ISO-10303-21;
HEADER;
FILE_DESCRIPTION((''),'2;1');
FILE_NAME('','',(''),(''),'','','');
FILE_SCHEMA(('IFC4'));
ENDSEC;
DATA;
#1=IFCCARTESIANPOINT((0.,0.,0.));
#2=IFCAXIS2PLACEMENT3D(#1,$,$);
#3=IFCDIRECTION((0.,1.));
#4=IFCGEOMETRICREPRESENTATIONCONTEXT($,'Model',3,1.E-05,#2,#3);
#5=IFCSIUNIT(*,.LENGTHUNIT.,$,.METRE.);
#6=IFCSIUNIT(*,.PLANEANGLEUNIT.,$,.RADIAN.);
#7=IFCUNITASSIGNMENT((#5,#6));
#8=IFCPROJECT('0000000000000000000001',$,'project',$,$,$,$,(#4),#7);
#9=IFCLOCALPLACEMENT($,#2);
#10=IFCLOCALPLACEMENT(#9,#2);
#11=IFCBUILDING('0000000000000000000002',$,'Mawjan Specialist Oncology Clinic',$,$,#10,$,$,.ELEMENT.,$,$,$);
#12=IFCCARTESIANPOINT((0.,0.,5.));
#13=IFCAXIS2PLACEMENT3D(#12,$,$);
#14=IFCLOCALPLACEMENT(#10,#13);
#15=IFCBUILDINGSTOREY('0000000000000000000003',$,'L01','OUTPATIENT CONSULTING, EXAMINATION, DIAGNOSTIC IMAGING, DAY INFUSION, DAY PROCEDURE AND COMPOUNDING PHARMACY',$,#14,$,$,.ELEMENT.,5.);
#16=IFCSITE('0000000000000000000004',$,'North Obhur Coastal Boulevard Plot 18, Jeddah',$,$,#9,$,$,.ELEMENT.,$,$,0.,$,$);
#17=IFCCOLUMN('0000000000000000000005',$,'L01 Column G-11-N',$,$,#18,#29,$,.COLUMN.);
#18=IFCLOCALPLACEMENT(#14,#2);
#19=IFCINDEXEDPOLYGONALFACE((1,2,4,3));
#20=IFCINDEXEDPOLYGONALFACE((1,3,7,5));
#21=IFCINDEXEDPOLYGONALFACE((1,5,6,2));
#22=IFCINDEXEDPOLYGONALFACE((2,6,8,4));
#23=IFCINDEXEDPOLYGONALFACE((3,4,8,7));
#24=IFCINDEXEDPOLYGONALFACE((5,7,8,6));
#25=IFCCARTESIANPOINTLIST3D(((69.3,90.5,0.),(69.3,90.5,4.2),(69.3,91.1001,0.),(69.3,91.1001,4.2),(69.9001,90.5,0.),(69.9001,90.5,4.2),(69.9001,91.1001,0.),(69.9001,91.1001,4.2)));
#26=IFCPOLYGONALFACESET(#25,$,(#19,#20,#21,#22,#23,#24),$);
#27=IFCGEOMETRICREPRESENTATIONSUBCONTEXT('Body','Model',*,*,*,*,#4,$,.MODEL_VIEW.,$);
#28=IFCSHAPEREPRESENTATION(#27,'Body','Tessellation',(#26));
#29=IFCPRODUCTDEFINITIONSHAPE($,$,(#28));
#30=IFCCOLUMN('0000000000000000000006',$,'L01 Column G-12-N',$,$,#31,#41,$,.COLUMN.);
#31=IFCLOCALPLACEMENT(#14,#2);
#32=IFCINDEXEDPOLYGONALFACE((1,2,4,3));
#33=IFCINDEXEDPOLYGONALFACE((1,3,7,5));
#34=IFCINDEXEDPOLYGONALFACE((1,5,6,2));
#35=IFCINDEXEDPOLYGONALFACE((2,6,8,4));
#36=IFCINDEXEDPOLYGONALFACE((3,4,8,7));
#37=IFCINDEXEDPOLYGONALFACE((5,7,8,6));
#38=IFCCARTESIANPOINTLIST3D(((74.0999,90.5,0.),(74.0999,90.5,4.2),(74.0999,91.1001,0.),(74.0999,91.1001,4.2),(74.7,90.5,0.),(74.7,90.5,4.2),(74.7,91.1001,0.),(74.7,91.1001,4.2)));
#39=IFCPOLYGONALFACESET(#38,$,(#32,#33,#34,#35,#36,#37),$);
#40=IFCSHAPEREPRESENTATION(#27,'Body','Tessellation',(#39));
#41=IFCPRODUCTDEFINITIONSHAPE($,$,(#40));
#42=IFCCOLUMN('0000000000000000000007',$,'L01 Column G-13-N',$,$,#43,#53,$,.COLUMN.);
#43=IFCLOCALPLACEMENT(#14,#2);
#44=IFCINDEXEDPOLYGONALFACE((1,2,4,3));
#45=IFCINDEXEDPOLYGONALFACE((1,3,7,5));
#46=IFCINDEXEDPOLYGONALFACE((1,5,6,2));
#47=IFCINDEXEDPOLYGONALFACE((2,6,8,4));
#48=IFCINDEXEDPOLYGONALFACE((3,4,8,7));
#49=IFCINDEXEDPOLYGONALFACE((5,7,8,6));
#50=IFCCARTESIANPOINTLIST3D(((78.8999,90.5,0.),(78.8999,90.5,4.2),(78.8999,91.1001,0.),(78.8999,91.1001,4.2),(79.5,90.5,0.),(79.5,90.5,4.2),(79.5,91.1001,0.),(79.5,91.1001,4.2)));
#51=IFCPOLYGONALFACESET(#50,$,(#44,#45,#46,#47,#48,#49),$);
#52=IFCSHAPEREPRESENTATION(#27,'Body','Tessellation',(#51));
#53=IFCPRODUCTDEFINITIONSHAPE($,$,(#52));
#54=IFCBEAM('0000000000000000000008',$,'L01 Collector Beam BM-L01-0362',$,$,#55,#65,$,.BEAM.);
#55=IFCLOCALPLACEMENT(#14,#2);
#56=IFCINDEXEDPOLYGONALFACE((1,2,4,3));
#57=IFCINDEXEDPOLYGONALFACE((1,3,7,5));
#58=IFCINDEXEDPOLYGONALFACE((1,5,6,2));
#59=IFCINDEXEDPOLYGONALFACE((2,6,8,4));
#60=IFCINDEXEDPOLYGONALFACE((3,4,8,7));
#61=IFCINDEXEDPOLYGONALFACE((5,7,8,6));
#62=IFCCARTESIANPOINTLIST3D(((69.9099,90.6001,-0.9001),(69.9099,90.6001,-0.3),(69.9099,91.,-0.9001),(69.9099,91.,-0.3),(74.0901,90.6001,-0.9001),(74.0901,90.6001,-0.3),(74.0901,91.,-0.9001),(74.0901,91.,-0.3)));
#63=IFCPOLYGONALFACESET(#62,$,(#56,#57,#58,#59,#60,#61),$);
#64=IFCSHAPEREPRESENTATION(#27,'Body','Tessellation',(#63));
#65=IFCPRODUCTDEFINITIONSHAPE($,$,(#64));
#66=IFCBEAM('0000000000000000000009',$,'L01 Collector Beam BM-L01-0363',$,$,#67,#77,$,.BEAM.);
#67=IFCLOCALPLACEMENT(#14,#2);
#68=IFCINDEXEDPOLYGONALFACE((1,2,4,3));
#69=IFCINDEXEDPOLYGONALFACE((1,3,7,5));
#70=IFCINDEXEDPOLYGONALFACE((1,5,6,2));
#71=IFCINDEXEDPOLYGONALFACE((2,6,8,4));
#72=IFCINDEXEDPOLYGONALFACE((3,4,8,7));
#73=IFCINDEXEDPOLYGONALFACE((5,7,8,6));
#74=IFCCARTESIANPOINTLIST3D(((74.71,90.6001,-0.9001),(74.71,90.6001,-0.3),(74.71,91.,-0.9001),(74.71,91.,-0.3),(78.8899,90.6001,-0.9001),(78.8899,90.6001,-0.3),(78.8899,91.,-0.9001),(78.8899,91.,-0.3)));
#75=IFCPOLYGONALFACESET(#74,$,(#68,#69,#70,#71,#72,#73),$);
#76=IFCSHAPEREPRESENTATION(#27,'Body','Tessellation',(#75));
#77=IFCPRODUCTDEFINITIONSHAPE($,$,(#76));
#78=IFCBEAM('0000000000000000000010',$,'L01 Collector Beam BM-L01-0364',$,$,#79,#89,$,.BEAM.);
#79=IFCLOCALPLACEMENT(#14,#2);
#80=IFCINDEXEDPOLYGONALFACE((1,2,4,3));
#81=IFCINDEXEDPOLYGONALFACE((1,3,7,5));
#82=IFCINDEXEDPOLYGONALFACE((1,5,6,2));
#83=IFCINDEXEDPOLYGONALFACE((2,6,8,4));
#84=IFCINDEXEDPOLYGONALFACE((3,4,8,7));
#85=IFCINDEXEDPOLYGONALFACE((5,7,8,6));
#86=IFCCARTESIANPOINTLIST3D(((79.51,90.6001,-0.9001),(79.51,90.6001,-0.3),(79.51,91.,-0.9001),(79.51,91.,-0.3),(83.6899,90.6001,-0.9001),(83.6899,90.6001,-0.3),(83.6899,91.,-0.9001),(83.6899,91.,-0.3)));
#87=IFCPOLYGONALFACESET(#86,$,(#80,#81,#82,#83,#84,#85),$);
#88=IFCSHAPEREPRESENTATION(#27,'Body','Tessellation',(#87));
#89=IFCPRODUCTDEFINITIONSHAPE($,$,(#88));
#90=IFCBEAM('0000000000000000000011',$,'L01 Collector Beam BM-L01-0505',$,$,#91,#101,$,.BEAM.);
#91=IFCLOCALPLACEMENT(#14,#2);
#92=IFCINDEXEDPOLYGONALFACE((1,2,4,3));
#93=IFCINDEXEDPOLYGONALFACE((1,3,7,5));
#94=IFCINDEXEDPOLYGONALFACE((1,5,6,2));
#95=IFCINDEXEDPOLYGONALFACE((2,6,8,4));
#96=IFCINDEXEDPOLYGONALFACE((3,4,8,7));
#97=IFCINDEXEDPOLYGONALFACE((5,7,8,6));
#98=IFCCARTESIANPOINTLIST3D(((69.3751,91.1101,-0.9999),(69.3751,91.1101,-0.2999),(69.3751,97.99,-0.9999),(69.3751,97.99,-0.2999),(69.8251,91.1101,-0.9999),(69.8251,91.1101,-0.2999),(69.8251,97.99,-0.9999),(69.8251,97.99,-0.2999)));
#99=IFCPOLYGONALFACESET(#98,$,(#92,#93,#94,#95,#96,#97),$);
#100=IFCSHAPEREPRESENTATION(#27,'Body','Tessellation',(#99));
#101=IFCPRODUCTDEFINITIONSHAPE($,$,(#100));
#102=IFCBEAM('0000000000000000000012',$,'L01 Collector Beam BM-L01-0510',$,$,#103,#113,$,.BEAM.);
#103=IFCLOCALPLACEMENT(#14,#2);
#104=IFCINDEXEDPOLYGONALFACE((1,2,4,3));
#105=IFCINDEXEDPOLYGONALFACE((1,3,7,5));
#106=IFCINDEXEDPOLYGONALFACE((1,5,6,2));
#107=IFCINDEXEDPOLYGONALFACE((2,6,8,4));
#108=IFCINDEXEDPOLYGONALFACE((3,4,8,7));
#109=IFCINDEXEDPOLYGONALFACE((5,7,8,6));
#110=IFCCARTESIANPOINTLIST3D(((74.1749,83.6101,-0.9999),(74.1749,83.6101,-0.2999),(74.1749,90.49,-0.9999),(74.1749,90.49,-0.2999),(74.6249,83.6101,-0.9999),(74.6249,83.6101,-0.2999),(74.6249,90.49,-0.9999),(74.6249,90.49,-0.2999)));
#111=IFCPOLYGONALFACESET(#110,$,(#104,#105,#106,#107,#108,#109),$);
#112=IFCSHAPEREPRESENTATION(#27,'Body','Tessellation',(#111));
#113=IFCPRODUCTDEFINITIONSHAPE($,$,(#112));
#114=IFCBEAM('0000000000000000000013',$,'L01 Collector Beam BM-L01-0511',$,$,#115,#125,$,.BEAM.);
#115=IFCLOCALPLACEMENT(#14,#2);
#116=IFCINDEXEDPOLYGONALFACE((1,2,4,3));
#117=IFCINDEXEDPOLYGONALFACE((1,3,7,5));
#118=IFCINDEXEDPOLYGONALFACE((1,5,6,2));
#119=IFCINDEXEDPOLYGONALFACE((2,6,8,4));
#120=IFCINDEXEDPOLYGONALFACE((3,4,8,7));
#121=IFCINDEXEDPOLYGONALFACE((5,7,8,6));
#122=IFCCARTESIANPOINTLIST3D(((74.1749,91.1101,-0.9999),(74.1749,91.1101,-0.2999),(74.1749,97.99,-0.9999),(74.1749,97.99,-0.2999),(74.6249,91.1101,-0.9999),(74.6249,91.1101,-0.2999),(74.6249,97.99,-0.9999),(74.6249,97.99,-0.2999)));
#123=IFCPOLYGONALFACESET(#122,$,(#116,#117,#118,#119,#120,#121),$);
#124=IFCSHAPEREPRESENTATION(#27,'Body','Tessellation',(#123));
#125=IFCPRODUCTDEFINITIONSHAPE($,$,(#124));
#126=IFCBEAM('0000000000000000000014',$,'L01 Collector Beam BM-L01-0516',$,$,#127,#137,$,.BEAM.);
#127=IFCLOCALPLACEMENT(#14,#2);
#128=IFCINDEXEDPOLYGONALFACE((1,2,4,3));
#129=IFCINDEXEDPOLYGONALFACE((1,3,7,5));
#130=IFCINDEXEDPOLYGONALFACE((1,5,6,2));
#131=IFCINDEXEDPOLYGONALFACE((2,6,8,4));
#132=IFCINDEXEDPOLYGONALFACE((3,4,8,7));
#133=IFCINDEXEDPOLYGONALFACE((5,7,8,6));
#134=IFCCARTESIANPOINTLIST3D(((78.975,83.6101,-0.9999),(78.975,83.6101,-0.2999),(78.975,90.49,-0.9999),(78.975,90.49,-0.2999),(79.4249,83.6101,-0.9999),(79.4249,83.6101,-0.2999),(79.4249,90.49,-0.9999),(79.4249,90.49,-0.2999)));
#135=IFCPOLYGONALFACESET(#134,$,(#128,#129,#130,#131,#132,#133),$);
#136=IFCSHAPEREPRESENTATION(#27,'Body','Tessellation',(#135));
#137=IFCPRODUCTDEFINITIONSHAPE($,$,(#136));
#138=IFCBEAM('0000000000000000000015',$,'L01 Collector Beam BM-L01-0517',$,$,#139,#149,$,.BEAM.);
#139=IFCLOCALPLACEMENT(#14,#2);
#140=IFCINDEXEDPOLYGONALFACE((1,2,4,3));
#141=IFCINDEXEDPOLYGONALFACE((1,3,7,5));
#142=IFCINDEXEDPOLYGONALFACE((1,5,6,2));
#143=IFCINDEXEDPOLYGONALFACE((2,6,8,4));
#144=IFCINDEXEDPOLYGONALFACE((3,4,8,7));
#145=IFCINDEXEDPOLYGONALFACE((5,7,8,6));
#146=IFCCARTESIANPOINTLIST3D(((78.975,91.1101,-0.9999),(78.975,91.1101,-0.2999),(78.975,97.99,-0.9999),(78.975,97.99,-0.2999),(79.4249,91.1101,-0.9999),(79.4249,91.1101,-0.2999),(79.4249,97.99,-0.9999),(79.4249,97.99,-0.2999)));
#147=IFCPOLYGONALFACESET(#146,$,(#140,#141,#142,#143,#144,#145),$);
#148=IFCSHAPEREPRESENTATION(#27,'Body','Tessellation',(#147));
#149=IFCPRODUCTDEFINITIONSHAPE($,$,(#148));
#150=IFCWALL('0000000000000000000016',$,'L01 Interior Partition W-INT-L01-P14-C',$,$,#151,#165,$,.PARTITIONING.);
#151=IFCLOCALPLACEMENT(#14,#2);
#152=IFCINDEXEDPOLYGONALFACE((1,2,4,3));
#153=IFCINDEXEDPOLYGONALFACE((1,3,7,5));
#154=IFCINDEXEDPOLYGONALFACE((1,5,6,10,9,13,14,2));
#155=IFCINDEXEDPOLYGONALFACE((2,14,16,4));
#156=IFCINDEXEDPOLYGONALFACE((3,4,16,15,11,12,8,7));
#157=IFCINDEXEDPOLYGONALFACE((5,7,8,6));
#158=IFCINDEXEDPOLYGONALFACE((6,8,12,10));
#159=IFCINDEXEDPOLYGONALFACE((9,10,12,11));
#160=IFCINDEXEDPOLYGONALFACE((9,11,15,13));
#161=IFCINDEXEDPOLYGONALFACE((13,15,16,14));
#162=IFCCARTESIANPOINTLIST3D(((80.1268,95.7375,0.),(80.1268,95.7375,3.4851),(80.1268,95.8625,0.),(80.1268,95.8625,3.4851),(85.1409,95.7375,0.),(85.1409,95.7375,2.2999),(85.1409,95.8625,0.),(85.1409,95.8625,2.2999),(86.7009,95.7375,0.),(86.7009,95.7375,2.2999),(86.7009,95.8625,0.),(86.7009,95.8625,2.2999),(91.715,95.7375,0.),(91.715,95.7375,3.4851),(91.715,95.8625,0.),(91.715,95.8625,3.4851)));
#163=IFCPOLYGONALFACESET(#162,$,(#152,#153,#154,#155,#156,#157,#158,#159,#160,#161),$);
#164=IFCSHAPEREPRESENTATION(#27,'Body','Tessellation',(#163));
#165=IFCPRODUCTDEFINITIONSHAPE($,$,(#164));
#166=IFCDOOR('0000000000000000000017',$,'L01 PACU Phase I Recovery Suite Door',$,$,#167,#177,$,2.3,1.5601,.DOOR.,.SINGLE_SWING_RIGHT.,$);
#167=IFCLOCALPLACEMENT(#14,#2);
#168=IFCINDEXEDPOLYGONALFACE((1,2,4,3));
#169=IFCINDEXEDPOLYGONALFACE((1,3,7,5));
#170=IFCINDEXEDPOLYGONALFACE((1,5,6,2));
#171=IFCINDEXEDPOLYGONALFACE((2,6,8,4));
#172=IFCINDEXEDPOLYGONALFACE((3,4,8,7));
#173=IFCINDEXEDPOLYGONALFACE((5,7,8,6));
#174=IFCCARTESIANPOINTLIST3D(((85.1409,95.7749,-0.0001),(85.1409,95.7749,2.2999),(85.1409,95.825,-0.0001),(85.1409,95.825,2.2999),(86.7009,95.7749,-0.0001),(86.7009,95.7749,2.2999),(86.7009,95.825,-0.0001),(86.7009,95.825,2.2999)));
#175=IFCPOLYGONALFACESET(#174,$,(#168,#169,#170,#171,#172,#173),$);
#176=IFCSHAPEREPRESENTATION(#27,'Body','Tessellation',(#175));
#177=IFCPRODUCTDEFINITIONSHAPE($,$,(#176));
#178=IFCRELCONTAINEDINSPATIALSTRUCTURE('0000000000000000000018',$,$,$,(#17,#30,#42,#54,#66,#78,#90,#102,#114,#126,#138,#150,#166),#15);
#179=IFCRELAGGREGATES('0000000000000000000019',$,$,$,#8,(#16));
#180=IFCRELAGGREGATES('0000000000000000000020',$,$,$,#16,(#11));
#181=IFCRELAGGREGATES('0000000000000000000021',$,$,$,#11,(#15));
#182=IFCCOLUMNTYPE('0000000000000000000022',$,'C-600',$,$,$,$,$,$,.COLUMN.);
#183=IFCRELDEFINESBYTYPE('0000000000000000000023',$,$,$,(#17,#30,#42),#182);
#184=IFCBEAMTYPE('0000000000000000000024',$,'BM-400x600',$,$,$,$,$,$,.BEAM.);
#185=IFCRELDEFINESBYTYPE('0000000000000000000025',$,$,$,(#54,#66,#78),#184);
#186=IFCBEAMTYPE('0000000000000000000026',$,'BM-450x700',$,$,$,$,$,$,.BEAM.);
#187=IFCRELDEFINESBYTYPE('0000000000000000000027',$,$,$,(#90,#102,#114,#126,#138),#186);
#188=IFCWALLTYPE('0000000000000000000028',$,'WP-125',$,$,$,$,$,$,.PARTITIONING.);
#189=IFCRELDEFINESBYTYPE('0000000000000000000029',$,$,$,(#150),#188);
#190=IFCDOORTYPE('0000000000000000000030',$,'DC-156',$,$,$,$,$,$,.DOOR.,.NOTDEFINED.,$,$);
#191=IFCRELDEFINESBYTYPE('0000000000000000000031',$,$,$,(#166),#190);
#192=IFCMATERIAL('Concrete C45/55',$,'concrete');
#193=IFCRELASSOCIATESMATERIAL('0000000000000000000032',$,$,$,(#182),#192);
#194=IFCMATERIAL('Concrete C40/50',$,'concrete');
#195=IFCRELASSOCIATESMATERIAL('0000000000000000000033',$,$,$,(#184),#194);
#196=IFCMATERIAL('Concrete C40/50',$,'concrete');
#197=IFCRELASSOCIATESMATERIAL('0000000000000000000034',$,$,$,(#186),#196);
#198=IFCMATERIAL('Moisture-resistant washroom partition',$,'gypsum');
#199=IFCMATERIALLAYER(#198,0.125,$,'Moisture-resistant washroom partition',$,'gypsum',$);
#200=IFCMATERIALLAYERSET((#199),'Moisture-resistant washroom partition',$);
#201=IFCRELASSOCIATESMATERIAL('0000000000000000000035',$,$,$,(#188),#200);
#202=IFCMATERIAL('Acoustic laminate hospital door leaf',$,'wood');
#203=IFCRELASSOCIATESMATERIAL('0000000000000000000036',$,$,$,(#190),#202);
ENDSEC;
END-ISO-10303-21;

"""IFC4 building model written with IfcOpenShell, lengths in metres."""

from ifc_helpers import new_model, si_unit, direction, frame, frame_2d, origin, origin_2d, place, context, subcontext, project, spatial, rectangle, extrude, material, layer, layer_set, material_profile, profile_set, type_object, element, fill, save


model = new_model("IFC4")

# Units and contexts
model_context = context("Model", 3, precision=1e-05, world=origin(), true_north=direction((0.0, 1.0)))
body_context = subcontext(model_context, "Body", "Model", "MODEL_VIEW")
ifc_project = project(units=[si_unit("LENGTHUNIT", "METRE"), si_unit("PLANEANGLEUNIT", "RADIAN")], contexts=[model_context])

# Site, building, storey
site_placement = place(None, origin())
site = spatial("IfcSite", under=ifc_project, at=site_placement, Name="North Obhur Coastal Boulevard Plot 18, Jeddah", CompositionType="ELEMENT", RefElevation=0.0)
building_placement = place(site_placement, origin())
building = spatial("IfcBuilding", under=site, at=building_placement, Name="Mawjan Specialist Oncology Clinic", CompositionType="ELEMENT")
storey_placement = place(building_placement, frame((0.0, 0.0, 5.0)))
storey = spatial("IfcBuildingStorey", under=building, at=storey_placement, Name="L01", Description="OUTPATIENT CONSULTING, EXAMINATION, DIAGNOSTIC IMAGING, DAY INFUSION, DAY PROCEDURE AND COMPOUNDING PHARMACY", CompositionType="ELEMENT", Elevation=5.0)

# Columns
ifc_material_1 = material(Name="Concrete C45/55", Category="concrete")
ifc_material_profile_1 = material_profile(ifc_material_1, rectangle(XDim=0.6001, YDim=0.6001, at=origin_2d()), Name="RC COL 600x600", Category="concrete")
ifc_profile_set_1 = profile_set([ifc_material_profile_1], Name="Concrete C45/55")
column_type = type_object("IfcColumnType", Name="C-600", PredefinedType="COLUMN", material=ifc_profile_set_1)
for number, where, z_axis, x_axis, name in (
    (1, (69.6001, 90.8, 0.0), (0.0, 0.0, 1.0), (1.0, 0.0, 0.0), "L01 Column G-11-N"),
    (2, (74.3999, 90.8, 0.0), (0.0, 0.0, 1.0), (1.0, 0.0, 0.0), "L01 Column G-12-N"),
    (3, (79.2, 90.8, 0.0), (0.0, 0.0, 1.0), (1.0, 0.0, 0.0), "L01 Column G-13-N"),
):
    element("IfcColumn", number, at=place(storey_placement, frame(where, z_axis=z_axis, x_axis=x_axis)), inside=storey, type_object=column_type, Name=name, PredefinedType="COLUMN", context=body_context, shape_type="SweptSolid", body=[
        extrude(rectangle(XDim=0.6001, YDim=0.6001, at=origin_2d()), origin(), (0.0, 0.0, 1.0), 4.2),
    ])

# Beams
ifc_material_2 = material(Name="Concrete C40/50", Category="concrete")
ifc_material_profile_2 = material_profile(ifc_material_2, rectangle(XDim=0.3999, YDim=0.6001, at=origin_2d()), Name="RC BM 400x600", Category="concrete")
ifc_profile_set_2 = profile_set([ifc_material_profile_2], Name="Concrete C40/50")
beam_type_1 = type_object("IfcBeamType", Name="BM-400x600", PredefinedType="BEAM", material=ifc_profile_set_2)
beam_placement = place(storey_placement, frame((69.9099, 90.8, -0.6001), z_axis=(1.0, 0.0, 0.0), x_axis=(0.0, 1.0, 0.0)))
element("IfcBeam", 4, at=beam_placement, inside=storey, type_object=beam_type_1, Name="L01 Collector Beam BM-L01-0362", PredefinedType="BEAM", context=body_context, shape_type="SweptSolid", body=[
    extrude(rectangle(XDim=0.3999, YDim=0.6001, at=origin_2d()), origin(), (0.0, 0.0, 1.0), 4.1802),
])
for number, where, z_axis, x_axis, name in (
    (5, (74.71, 90.8, -0.6001), (1.0, 0.0, 0.0), (0.0, 1.0, 0.0), "L01 Collector Beam BM-L01-0363"),
    (6, (79.51, 90.8, -0.6001), (1.0, 0.0, 0.0), (0.0, 1.0, 0.0), "L01 Collector Beam BM-L01-0364"),
):
    element("IfcBeam", number, at=place(storey_placement, frame(where, z_axis=z_axis, x_axis=x_axis)), inside=storey, type_object=beam_type_1, Name=name, PredefinedType="BEAM", context=body_context, shape_type="SweptSolid", body=[
        extrude(rectangle(XDim=0.3999, YDim=0.6001, at=origin_2d()), origin(), (0.0, 0.0, 1.0), 4.1799),
    ])
ifc_material_3 = material(Name="Concrete C40/50", Category="concrete")
ifc_material_profile_3 = material_profile(ifc_material_3, rectangle(XDim=0.45, YDim=0.7, at=origin_2d()), Name="RC BM 450x700", Category="concrete")
ifc_profile_set_3 = profile_set([ifc_material_profile_3], Name="Concrete C40/50")
beam_type_2 = type_object("IfcBeamType", Name="BM-450x700", PredefinedType="BEAM", material=ifc_profile_set_3)
for number, where, z_axis, x_axis, name in (
    (7, (69.6001, 91.1101, -0.6499), (0.0, 1.0, 0.0), (-1.0, 0.0, 0.0), "L01 Collector Beam BM-L01-0505"),
    (8, (74.3999, 83.6101, -0.6499), (0.0, 1.0, 0.0), (-1.0, 0.0, 0.0), "L01 Collector Beam BM-L01-0510"),
    (9, (74.3999, 91.1101, -0.6499), (0.0, 1.0, 0.0), (-1.0, 0.0, 0.0), "L01 Collector Beam BM-L01-0511"),
    (10, (79.2, 83.6101, -0.6499), (0.0, 1.0, 0.0), (-1.0, 0.0, 0.0), "L01 Collector Beam BM-L01-0516"),
    (11, (79.2, 91.1101, -0.6499), (0.0, 1.0, 0.0), (-1.0, 0.0, 0.0), "L01 Collector Beam BM-L01-0517"),
):
    element("IfcBeam", number, at=place(storey_placement, frame(where, z_axis=z_axis, x_axis=x_axis)), inside=storey, type_object=beam_type_2, Name=name, PredefinedType="BEAM", context=body_context, shape_type="SweptSolid", body=[
        extrude(rectangle(XDim=0.45, YDim=0.7, at=origin_2d()), origin(), (0.0, 0.0, 1.0), 6.8799),
    ])

# Wall, opening, door
ifc_material_4 = material(Name="Moisture-resistant washroom partition", Category="gypsum")
ifc_layer_1 = layer(ifc_material_4, 0.125, Name="Moisture-resistant washroom partition", Category="gypsum")
ifc_layer_set_1 = layer_set([ifc_layer_1], Name="Moisture-resistant washroom partition")
wall_type_1 = type_object("IfcWallType", Name="WP-125", PredefinedType="PARTITIONING", material=ifc_layer_set_1)
wall_1_placement = place(storey_placement, frame((80.127, 95.8, 0.0), z_axis=(0.0, 0.0, 1.0), x_axis=(1.0, 0.0, 0.0)))
wall_1 = element("IfcWall", 12, at=wall_1_placement, inside=storey, type_object=wall_type_1, Name="L01 Interior Partition W-INT-L01-P14-C", PredefinedType="PARTITIONING", context=body_context, shape_type="SweptSolid", body=[
    extrude(rectangle(XDim=11.5881, YDim=0.125, at=frame_2d((5.7939, 0.0))), origin(), (0.0, 0.0, 1.0), 3.4851),
])
opening_1_placement = place(wall_1_placement, frame((5.0139, 0.0, 0.0)))
opening_1 = element("IfcOpeningElement", 13, at=opening_1_placement, cuts=wall_1, PredefinedType="OPENING", context=body_context, shape_type="SweptSolid", body=[
    extrude(rectangle(XDim=1.5601, YDim=2.3, at=frame_2d((0.78, 1.1499))), frame((0.0, 0.0745, 0.0), z_axis=(0.0, -1.0, 0.0), x_axis=(1.0, 0.0, 0.0)), (0.0, 0.0, 1.0), 0.1489),
])
ifc_material_5 = material(Name="Acoustic laminate hospital door leaf", Category="wood")
door_type_1 = type_object("IfcDoorType", Name="DC-156", OperationType="NOTDEFINED", PredefinedType="DOOR", material=ifc_material_5)
door_1_placement = place(opening_1_placement, origin())
door_1 = element("IfcDoor", 14, at=door_1_placement, inside=storey, type_object=door_type_1, Name="L01 PACU Phase I Recovery Suite Door", OperationType="SINGLE_SWING_RIGHT", OverallHeight=2.3, OverallWidth=1.5601, PredefinedType="DOOR", context=body_context, shape_type="SweptSolid", body=[
    extrude(rectangle(XDim=1.5601, YDim=2.3, at=frame_2d((0.78, 1.1499))), frame((0.0, 0.0249, 0.0), z_axis=(0.0, -1.0, 0.0), x_axis=(1.0, 0.0, 0.0)), (0.0, 0.0, 1.0), 0.05),
])
fill(opening_1, door_1)

save(model, "model.ifc")
